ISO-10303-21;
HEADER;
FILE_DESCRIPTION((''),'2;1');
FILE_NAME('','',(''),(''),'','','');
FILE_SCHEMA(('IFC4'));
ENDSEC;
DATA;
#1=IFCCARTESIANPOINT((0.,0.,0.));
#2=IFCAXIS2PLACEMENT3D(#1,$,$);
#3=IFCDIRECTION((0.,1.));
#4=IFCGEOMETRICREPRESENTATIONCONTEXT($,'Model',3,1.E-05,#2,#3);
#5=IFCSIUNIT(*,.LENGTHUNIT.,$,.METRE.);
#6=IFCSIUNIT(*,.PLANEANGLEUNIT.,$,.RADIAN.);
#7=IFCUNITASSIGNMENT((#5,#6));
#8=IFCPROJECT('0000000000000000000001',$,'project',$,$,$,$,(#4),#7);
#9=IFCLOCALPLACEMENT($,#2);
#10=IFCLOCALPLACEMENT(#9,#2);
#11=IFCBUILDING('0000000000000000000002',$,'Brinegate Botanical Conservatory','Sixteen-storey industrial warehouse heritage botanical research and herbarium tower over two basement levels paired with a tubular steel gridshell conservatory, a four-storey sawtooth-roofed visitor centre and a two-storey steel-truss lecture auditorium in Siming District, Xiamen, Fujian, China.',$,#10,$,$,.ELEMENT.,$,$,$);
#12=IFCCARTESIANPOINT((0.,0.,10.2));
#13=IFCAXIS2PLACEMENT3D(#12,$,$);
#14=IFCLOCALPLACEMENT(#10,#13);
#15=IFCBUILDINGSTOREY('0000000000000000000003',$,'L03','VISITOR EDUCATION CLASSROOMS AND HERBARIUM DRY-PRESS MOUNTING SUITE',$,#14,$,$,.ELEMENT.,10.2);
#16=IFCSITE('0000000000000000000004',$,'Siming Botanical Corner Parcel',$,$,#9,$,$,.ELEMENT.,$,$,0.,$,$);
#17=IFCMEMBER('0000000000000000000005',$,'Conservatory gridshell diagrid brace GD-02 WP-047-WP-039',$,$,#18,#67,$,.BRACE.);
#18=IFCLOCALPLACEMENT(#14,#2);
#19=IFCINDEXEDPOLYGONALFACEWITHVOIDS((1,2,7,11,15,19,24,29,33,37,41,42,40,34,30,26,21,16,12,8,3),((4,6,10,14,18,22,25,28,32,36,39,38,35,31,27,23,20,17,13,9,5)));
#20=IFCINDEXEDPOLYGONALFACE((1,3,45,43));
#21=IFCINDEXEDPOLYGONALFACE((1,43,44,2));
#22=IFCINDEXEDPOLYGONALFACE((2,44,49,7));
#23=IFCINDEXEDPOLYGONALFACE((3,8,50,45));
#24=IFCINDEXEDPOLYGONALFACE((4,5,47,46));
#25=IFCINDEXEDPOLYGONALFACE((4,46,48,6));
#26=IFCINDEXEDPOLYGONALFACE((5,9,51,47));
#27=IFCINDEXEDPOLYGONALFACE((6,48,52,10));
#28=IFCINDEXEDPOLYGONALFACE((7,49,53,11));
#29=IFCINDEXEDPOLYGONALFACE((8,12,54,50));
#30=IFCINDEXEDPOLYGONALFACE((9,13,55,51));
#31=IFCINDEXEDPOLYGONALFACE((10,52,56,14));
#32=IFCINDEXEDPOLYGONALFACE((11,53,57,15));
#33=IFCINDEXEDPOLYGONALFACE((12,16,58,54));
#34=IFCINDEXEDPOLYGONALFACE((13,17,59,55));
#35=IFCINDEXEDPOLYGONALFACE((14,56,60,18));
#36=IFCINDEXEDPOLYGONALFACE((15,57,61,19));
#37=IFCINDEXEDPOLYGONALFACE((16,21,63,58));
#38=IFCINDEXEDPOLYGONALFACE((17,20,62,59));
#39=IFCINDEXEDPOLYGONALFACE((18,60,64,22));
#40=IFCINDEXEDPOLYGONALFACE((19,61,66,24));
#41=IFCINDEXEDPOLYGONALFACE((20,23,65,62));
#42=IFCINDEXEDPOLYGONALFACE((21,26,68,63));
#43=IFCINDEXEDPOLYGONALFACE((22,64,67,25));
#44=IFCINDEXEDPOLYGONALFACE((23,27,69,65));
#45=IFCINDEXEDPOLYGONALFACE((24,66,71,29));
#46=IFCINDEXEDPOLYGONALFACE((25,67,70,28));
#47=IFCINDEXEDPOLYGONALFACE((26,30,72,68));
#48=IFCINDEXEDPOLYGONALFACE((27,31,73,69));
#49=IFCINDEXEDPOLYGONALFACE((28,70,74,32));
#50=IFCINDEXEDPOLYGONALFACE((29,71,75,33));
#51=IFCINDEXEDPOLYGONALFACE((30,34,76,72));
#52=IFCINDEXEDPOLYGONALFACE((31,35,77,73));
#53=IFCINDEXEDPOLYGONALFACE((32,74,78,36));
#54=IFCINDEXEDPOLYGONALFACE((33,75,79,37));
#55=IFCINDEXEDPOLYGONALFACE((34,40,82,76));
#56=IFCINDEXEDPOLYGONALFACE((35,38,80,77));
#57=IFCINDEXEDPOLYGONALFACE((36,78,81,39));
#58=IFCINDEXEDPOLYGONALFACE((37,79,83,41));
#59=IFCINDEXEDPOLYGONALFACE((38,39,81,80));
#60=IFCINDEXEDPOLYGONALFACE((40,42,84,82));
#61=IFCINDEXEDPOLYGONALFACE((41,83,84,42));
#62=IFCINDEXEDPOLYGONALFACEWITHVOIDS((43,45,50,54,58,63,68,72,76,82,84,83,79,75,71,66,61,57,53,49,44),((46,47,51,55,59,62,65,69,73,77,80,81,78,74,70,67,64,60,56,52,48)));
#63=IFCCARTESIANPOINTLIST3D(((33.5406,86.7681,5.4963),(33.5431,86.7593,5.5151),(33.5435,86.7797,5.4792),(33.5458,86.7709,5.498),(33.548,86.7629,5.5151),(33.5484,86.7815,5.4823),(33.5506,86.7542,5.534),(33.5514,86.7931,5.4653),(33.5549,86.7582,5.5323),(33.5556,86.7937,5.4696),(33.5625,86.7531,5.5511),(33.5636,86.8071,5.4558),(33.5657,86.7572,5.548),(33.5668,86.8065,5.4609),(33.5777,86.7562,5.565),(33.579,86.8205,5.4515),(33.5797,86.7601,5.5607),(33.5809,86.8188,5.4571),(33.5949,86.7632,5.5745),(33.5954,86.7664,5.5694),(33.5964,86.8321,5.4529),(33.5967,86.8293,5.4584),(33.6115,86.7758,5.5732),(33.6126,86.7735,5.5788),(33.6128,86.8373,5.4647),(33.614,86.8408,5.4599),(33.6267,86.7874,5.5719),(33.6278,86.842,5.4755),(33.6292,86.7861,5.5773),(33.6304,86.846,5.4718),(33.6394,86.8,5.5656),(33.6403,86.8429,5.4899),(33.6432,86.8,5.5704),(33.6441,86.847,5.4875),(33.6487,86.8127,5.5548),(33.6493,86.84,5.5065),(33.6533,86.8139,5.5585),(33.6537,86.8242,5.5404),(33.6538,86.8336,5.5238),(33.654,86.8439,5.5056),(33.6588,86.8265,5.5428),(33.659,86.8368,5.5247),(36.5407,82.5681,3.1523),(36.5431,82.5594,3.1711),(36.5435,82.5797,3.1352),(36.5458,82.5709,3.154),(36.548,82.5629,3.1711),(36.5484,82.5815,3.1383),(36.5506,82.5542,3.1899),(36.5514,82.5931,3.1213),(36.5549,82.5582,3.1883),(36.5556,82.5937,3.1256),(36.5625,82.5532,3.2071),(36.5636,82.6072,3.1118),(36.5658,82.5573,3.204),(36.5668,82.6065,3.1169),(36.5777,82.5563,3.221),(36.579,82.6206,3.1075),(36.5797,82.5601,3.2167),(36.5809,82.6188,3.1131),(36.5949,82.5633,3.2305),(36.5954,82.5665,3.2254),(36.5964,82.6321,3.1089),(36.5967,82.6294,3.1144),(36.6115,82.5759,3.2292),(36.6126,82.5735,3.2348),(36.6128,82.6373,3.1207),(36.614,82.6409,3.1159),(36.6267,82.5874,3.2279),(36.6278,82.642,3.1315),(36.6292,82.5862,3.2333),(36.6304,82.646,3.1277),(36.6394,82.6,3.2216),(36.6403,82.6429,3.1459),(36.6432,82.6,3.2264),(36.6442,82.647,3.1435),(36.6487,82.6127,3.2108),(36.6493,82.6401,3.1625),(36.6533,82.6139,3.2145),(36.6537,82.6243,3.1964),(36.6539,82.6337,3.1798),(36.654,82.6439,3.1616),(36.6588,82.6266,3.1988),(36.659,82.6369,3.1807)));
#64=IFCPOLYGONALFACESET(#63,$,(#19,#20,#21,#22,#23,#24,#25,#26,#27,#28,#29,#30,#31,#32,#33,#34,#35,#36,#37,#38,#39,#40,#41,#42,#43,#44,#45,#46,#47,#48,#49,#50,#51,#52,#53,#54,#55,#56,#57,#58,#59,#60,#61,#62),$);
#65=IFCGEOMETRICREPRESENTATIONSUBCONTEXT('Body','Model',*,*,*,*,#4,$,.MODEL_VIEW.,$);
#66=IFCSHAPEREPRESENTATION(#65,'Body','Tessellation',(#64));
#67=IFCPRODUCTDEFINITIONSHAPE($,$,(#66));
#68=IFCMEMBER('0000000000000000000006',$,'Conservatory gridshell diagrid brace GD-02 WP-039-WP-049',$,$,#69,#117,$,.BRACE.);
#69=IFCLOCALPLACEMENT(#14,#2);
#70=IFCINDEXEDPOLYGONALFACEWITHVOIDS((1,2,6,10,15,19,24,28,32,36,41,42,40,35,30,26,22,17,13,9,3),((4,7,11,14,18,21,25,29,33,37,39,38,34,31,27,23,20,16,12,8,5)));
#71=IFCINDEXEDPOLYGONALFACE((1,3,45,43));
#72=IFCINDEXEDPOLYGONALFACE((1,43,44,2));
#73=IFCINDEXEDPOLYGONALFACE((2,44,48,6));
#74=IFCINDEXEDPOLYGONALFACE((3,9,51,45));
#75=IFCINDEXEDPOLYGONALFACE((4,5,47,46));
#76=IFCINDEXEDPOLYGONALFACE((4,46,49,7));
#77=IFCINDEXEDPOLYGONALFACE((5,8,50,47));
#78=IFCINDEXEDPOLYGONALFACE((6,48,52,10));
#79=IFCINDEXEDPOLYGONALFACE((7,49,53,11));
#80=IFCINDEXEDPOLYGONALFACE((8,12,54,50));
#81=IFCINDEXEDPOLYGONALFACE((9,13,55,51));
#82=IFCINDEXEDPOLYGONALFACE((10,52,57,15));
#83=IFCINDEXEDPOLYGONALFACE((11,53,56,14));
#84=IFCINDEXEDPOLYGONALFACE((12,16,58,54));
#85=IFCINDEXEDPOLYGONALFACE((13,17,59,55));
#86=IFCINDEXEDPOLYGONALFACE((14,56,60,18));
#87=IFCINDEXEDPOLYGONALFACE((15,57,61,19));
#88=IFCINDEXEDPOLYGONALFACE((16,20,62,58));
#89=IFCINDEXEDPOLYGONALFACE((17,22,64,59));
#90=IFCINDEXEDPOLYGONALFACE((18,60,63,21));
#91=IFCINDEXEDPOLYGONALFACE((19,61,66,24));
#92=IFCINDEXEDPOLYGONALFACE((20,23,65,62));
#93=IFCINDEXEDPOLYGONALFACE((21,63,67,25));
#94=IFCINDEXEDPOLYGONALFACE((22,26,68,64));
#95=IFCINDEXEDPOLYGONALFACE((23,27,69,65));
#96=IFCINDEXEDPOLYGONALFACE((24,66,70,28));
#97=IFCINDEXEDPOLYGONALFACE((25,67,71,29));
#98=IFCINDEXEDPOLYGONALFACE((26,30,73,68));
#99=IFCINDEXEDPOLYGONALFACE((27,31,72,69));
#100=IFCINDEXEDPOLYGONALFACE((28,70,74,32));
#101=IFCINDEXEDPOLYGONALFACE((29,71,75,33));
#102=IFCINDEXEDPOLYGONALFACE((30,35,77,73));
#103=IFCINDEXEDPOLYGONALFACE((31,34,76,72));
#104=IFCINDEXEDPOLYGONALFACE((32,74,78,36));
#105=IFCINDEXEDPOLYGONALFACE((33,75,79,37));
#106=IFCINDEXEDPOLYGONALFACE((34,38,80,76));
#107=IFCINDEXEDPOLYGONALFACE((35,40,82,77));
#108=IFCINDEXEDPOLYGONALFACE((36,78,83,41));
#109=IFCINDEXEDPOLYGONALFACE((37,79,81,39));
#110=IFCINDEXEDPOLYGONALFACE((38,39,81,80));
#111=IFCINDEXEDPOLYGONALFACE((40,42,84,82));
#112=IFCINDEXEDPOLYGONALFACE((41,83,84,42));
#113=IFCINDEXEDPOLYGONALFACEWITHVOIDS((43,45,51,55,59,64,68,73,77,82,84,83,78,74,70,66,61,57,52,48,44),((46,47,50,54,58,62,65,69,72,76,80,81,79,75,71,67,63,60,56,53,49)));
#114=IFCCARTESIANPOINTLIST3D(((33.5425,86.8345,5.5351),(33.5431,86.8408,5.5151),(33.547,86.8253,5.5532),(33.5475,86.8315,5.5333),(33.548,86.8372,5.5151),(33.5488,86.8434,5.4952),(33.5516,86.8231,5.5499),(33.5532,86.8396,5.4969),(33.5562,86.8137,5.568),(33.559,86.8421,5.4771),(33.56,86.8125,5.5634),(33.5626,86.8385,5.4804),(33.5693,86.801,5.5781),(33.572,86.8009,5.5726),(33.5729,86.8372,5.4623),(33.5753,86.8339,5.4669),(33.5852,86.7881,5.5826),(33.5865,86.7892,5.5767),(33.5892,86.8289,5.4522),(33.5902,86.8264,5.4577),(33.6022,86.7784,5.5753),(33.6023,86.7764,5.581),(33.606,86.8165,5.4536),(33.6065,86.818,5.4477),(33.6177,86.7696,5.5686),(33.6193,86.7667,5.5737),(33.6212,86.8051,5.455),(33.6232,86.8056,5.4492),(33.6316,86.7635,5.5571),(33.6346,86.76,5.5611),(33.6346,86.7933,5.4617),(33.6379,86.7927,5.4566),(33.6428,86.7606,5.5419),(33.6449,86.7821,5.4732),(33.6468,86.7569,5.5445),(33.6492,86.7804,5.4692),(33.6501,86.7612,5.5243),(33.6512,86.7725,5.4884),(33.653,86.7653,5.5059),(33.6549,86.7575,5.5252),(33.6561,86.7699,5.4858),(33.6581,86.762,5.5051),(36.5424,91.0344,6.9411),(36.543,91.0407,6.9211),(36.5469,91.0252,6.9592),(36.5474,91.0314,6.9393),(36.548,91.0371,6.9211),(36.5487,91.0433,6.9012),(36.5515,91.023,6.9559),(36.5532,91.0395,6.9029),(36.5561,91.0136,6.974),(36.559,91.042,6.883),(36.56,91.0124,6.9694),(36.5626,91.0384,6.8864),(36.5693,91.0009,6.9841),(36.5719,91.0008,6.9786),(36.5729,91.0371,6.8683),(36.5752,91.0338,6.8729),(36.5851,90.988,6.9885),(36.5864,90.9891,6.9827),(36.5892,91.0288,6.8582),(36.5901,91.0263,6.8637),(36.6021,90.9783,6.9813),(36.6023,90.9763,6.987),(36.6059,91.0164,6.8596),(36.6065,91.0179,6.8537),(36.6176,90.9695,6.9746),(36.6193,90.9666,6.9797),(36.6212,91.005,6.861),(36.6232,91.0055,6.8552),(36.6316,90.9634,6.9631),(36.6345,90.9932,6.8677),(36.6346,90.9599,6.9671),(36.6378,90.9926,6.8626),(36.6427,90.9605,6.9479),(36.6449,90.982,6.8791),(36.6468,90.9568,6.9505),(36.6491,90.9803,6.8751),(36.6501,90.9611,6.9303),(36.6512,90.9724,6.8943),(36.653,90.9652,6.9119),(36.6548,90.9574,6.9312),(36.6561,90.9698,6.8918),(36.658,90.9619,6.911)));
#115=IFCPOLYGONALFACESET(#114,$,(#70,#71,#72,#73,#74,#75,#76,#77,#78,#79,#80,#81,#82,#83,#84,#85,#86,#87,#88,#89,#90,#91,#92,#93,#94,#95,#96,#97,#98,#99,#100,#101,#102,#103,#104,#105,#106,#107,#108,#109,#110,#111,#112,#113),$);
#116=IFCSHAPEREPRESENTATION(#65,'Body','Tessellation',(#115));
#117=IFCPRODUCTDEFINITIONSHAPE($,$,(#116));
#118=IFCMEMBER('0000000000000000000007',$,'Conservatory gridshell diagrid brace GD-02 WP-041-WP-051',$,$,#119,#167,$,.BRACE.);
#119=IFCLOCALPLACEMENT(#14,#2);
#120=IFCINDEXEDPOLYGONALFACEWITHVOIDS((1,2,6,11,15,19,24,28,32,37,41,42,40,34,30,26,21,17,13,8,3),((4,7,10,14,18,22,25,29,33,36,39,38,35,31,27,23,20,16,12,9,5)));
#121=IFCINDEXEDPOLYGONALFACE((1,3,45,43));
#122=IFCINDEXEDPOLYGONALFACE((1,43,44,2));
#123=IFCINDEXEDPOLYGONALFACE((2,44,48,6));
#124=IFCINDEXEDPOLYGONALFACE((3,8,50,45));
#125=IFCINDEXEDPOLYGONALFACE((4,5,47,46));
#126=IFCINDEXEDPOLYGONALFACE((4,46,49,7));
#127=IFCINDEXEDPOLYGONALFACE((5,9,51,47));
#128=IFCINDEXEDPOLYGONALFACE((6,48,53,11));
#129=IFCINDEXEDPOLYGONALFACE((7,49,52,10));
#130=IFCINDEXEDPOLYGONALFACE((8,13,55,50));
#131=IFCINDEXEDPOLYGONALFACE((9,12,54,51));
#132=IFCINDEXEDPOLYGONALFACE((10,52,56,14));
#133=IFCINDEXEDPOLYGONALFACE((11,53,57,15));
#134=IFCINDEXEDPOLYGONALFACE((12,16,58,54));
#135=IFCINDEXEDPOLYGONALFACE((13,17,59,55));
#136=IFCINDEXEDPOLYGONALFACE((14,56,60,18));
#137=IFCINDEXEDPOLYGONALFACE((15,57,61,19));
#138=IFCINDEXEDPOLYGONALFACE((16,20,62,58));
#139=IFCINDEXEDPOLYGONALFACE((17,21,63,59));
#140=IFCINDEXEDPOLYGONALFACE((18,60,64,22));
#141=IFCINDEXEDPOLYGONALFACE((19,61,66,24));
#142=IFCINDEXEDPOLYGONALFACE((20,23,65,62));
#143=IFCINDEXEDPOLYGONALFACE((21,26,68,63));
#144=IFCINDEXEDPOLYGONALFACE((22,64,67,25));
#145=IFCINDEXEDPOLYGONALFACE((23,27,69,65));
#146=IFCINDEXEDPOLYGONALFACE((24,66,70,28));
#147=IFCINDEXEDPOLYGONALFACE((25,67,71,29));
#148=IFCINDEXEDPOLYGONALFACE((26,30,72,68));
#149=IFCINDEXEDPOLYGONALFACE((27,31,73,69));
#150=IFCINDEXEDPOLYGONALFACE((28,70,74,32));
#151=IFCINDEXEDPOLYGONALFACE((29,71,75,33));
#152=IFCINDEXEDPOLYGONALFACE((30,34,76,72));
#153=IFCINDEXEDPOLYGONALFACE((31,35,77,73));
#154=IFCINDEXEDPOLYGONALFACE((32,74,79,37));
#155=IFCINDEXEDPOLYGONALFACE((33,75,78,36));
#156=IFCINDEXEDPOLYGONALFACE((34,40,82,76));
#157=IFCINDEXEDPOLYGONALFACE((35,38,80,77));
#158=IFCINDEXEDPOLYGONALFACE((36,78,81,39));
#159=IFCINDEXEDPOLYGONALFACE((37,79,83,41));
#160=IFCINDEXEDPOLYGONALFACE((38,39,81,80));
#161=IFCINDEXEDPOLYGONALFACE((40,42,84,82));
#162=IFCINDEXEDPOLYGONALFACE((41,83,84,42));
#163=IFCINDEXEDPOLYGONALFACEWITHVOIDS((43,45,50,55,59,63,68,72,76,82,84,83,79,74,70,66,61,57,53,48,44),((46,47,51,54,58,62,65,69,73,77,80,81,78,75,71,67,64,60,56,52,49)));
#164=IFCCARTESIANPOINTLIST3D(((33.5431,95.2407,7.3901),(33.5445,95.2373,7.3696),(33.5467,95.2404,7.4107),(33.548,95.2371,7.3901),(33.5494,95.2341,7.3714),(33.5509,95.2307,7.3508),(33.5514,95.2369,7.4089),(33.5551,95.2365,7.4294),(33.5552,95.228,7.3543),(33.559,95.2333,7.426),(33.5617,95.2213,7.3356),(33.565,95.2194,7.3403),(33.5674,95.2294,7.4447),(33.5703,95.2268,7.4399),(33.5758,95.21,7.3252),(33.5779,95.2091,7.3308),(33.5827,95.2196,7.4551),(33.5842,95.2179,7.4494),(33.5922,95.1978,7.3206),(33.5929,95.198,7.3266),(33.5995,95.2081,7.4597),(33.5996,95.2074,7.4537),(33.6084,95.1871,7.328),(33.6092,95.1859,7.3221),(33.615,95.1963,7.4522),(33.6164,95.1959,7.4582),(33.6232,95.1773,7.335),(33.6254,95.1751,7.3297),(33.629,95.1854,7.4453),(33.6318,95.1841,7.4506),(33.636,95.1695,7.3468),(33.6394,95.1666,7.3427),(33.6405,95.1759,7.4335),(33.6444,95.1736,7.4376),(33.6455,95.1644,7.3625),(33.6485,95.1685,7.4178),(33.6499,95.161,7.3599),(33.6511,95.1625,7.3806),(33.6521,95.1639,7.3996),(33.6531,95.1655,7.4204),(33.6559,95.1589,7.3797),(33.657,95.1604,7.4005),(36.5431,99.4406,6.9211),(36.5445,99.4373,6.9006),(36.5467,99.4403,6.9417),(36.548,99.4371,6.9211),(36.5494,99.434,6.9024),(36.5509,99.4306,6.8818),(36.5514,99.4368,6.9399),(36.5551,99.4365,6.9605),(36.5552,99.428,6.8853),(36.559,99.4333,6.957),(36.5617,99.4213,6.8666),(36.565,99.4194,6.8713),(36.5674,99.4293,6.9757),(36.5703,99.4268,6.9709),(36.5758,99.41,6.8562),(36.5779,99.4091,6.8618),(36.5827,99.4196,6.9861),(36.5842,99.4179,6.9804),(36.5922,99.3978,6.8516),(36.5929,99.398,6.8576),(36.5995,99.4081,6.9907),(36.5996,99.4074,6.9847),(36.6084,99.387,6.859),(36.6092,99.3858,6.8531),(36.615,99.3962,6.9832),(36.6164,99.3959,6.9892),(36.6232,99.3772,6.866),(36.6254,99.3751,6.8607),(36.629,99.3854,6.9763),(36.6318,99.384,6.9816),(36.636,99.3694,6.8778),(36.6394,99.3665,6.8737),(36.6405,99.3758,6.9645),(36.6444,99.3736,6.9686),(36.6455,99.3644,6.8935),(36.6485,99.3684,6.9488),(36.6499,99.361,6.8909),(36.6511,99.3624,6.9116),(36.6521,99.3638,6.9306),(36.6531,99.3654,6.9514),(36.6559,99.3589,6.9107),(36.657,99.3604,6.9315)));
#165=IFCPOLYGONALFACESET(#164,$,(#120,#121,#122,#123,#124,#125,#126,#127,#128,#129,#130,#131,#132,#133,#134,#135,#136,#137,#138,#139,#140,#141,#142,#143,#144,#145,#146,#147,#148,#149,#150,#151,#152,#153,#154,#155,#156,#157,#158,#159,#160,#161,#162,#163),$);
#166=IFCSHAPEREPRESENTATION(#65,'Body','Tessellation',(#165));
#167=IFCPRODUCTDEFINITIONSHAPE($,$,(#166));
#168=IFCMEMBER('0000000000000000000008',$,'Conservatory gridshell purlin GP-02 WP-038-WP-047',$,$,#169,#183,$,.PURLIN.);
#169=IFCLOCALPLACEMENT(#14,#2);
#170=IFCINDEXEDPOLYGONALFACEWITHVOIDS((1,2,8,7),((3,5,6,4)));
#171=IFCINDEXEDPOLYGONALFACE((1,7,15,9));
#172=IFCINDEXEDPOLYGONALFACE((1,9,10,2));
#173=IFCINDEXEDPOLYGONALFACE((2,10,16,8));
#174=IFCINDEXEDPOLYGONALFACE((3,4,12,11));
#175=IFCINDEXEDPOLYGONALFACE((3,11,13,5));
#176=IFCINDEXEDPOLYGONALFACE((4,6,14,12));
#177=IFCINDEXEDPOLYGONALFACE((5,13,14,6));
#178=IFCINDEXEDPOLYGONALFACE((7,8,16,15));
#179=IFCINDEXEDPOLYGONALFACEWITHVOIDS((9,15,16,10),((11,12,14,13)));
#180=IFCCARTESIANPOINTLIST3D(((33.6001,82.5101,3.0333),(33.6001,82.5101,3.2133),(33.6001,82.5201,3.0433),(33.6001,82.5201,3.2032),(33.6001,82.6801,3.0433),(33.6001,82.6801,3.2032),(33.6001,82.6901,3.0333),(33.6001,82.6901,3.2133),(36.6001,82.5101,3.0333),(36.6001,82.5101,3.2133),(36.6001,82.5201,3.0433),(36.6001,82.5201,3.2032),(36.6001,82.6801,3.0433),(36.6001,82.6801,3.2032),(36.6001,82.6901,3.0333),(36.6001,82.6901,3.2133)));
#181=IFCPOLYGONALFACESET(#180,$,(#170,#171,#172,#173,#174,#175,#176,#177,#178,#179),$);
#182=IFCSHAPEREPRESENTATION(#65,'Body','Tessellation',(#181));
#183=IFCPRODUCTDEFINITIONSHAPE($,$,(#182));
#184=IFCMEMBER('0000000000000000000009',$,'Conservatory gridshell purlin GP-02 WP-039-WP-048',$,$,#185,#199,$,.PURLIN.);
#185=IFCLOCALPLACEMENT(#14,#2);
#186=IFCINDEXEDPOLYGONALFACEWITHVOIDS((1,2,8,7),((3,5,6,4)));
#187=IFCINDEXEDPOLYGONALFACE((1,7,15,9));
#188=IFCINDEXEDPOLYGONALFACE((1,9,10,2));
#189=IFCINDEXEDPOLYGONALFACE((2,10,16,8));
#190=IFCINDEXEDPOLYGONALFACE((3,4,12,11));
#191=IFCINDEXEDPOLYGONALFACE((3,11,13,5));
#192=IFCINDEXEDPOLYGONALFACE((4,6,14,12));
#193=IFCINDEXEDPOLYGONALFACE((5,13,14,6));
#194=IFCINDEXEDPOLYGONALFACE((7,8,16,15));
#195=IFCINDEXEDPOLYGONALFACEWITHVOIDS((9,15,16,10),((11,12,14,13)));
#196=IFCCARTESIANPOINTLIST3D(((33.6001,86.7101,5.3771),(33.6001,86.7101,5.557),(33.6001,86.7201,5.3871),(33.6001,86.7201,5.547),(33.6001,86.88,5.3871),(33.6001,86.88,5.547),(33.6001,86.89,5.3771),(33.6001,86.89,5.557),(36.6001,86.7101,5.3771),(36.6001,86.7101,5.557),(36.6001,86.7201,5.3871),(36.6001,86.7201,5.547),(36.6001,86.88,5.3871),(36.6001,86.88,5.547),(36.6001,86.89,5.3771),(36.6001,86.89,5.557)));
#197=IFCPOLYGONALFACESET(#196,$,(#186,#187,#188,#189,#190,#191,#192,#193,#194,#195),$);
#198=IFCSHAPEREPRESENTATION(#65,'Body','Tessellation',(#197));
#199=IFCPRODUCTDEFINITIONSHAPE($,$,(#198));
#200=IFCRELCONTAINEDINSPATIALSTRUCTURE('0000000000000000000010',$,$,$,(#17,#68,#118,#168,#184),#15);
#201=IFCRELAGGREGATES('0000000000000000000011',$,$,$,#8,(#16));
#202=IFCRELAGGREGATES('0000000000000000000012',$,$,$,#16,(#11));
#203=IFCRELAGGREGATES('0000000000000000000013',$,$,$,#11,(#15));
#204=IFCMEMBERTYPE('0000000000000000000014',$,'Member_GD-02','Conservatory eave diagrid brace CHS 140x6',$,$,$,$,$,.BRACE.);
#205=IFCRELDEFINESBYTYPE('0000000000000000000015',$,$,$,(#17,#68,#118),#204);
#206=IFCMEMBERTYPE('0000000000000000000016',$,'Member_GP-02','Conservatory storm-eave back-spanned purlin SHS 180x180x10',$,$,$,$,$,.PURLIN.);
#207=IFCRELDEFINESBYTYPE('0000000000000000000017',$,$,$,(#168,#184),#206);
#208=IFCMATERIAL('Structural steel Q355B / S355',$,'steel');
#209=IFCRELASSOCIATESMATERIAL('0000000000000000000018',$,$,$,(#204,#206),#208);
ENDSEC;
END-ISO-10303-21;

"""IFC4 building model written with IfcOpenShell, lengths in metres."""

from ifc_helpers import new_model, si_unit, direction, frame, origin, origin_2d, place, context, subcontext, project, spatial, hollow_rectangle, hollow_circle, extrude, material, material_profile, profile_set, type_object, element, save


model = new_model("IFC4")

# Units and contexts
model_context = context("Model", 3, precision=1e-05, world=origin(), true_north=direction((0.0, 1.0)))
body_context = subcontext(model_context, "Body", "Model", "MODEL_VIEW")
ifc_project = project(units=[si_unit("LENGTHUNIT", "METRE"), si_unit("PLANEANGLEUNIT", "RADIAN")], contexts=[model_context])

# Site, building, storey
site_placement = place(None, origin())
site = spatial("IfcSite", under=ifc_project, at=site_placement, Name="Siming Botanical Corner Parcel", CompositionType="ELEMENT", RefElevation=0.0)
building_placement = place(site_placement, origin())
building = spatial("IfcBuilding", under=site, at=building_placement, Name="Brinegate Botanical Conservatory", Description="Sixteen-storey industrial warehouse heritage botanical research and herbarium tower over two basement levels paired with a tubular steel gridshell conservatory, a four-storey sawtooth-roofed visitor centre and a two-storey steel-truss lecture auditorium in Siming District, Xiamen, Fujian, China.", CompositionType="ELEMENT")
storey_placement = place(building_placement, frame((0.0, 0.0, 10.2)))
storey = spatial("IfcBuildingStorey", under=building, at=storey_placement, Name="L03", Description="VISITOR EDUCATION CLASSROOMS AND HERBARIUM DRY-PRESS MOUNTING SUITE", CompositionType="ELEMENT", Elevation=10.2)

# Shared definitions
ifc_material_1 = material(Name="Structural steel Q355B / S355", Category="steel")

# Members
ifc_material_profile_1 = material_profile(ifc_material_1, hollow_circle(Radius=0.0701, WallThickness=0.0061, at=origin_2d()), Name="CHS 140x6")
ifc_profile_set_1 = profile_set([ifc_material_profile_1], Name="Structural steel Q355B / S355")
member_type_1 = type_object("IfcMemberType", Name="Member_GD-02", Description="Conservatory eave diagrid brace CHS 140x6", PredefinedType="BRACE", material=ifc_profile_set_1)
member_1_placement = place(storey_placement, frame((36.6001, 82.6001, 3.1711), z_axis=(-0.529224, 0.740905, 0.413499), x_axis=(-0.81373, -0.581243, 0.0)))
element("IfcMember", 1, at=member_1_placement, inside=storey, type_object=member_type_1, Name="Conservatory gridshell diagrid brace GD-02 WP-047-WP-039", PredefinedType="BRACE", context=body_context, shape_type="SweptSolid", body=[
    extrude(hollow_circle(Radius=0.0701, WallThickness=0.0061, at=origin_2d()), origin(), (0.0, 0.0, 1.0), 5.6687),
])
member_2_placement = place(storey_placement, frame((33.6001, 86.8, 5.5151), z_axis=(0.560807, 0.785121, 0.262833), x_axis=(-0.81373, 0.581243, 0.0)))
element("IfcMember", 2, at=member_2_placement, inside=storey, type_object=member_type_1, Name="Conservatory gridshell diagrid brace GD-02 WP-039-WP-049", PredefinedType="BRACE", context=body_context, shape_type="SweptSolid", body=[
    extrude(hollow_circle(Radius=0.0701, WallThickness=0.0061, at=origin_2d()), origin(), (0.0, 0.0, 1.0), 5.3494),
])
member_3_placement = place(storey_placement, frame((33.6001, 95.2, 7.3901), z_axis=(0.578858, 0.810392, -0.090494), x_axis=(-0.81373, 0.581243, 0.0)))
element("IfcMember", 3, at=member_3_placement, inside=storey, type_object=member_type_1, Name="Conservatory gridshell diagrid brace GD-02 WP-041-WP-051", PredefinedType="BRACE", context=body_context, shape_type="SweptSolid", body=[
    extrude(hollow_circle(Radius=0.0701, WallThickness=0.0061, at=origin_2d()), origin(), (0.0, 0.0, 1.0), 5.1826),
])
ifc_material_profile_2 = material_profile(ifc_material_1, hollow_rectangle(XDim=0.1799, YDim=0.1799, WallThickness=0.01, at=origin_2d()), Name="SHS 180x180x10")
ifc_profile_set_2 = profile_set([ifc_material_profile_2], Name="Structural steel Q355B / S355")
member_type_2 = type_object("IfcMemberType", Name="Member_GP-02", Description="Conservatory storm-eave back-spanned purlin SHS 180x180x10", PredefinedType="PURLIN", material=ifc_profile_set_2)
for number, where, z_axis, x_axis, name in (
    (4, (33.6001, 82.6001, 3.1233), (1.0, 0.0, 0.0), (0.0, 1.0, 0.0), "Conservatory gridshell purlin GP-02 WP-038-WP-047"),
    (5, (33.6001, 86.8, 5.467), (1.0, 0.0, 0.0), (0.0, 1.0, 0.0), "Conservatory gridshell purlin GP-02 WP-039-WP-048"),
):
    element("IfcMember", number, at=place(storey_placement, frame(where, z_axis=z_axis, x_axis=x_axis)), inside=storey, type_object=member_type_2, Name=name, PredefinedType="PURLIN", context=body_context, shape_type="SweptSolid", body=[
        extrude(hollow_rectangle(XDim=0.1799, YDim=0.1799, WallThickness=0.01, at=origin_2d()), origin(), (0.0, 0.0, 1.0), 3.0),
    ])

save(model, "model.ifc")
